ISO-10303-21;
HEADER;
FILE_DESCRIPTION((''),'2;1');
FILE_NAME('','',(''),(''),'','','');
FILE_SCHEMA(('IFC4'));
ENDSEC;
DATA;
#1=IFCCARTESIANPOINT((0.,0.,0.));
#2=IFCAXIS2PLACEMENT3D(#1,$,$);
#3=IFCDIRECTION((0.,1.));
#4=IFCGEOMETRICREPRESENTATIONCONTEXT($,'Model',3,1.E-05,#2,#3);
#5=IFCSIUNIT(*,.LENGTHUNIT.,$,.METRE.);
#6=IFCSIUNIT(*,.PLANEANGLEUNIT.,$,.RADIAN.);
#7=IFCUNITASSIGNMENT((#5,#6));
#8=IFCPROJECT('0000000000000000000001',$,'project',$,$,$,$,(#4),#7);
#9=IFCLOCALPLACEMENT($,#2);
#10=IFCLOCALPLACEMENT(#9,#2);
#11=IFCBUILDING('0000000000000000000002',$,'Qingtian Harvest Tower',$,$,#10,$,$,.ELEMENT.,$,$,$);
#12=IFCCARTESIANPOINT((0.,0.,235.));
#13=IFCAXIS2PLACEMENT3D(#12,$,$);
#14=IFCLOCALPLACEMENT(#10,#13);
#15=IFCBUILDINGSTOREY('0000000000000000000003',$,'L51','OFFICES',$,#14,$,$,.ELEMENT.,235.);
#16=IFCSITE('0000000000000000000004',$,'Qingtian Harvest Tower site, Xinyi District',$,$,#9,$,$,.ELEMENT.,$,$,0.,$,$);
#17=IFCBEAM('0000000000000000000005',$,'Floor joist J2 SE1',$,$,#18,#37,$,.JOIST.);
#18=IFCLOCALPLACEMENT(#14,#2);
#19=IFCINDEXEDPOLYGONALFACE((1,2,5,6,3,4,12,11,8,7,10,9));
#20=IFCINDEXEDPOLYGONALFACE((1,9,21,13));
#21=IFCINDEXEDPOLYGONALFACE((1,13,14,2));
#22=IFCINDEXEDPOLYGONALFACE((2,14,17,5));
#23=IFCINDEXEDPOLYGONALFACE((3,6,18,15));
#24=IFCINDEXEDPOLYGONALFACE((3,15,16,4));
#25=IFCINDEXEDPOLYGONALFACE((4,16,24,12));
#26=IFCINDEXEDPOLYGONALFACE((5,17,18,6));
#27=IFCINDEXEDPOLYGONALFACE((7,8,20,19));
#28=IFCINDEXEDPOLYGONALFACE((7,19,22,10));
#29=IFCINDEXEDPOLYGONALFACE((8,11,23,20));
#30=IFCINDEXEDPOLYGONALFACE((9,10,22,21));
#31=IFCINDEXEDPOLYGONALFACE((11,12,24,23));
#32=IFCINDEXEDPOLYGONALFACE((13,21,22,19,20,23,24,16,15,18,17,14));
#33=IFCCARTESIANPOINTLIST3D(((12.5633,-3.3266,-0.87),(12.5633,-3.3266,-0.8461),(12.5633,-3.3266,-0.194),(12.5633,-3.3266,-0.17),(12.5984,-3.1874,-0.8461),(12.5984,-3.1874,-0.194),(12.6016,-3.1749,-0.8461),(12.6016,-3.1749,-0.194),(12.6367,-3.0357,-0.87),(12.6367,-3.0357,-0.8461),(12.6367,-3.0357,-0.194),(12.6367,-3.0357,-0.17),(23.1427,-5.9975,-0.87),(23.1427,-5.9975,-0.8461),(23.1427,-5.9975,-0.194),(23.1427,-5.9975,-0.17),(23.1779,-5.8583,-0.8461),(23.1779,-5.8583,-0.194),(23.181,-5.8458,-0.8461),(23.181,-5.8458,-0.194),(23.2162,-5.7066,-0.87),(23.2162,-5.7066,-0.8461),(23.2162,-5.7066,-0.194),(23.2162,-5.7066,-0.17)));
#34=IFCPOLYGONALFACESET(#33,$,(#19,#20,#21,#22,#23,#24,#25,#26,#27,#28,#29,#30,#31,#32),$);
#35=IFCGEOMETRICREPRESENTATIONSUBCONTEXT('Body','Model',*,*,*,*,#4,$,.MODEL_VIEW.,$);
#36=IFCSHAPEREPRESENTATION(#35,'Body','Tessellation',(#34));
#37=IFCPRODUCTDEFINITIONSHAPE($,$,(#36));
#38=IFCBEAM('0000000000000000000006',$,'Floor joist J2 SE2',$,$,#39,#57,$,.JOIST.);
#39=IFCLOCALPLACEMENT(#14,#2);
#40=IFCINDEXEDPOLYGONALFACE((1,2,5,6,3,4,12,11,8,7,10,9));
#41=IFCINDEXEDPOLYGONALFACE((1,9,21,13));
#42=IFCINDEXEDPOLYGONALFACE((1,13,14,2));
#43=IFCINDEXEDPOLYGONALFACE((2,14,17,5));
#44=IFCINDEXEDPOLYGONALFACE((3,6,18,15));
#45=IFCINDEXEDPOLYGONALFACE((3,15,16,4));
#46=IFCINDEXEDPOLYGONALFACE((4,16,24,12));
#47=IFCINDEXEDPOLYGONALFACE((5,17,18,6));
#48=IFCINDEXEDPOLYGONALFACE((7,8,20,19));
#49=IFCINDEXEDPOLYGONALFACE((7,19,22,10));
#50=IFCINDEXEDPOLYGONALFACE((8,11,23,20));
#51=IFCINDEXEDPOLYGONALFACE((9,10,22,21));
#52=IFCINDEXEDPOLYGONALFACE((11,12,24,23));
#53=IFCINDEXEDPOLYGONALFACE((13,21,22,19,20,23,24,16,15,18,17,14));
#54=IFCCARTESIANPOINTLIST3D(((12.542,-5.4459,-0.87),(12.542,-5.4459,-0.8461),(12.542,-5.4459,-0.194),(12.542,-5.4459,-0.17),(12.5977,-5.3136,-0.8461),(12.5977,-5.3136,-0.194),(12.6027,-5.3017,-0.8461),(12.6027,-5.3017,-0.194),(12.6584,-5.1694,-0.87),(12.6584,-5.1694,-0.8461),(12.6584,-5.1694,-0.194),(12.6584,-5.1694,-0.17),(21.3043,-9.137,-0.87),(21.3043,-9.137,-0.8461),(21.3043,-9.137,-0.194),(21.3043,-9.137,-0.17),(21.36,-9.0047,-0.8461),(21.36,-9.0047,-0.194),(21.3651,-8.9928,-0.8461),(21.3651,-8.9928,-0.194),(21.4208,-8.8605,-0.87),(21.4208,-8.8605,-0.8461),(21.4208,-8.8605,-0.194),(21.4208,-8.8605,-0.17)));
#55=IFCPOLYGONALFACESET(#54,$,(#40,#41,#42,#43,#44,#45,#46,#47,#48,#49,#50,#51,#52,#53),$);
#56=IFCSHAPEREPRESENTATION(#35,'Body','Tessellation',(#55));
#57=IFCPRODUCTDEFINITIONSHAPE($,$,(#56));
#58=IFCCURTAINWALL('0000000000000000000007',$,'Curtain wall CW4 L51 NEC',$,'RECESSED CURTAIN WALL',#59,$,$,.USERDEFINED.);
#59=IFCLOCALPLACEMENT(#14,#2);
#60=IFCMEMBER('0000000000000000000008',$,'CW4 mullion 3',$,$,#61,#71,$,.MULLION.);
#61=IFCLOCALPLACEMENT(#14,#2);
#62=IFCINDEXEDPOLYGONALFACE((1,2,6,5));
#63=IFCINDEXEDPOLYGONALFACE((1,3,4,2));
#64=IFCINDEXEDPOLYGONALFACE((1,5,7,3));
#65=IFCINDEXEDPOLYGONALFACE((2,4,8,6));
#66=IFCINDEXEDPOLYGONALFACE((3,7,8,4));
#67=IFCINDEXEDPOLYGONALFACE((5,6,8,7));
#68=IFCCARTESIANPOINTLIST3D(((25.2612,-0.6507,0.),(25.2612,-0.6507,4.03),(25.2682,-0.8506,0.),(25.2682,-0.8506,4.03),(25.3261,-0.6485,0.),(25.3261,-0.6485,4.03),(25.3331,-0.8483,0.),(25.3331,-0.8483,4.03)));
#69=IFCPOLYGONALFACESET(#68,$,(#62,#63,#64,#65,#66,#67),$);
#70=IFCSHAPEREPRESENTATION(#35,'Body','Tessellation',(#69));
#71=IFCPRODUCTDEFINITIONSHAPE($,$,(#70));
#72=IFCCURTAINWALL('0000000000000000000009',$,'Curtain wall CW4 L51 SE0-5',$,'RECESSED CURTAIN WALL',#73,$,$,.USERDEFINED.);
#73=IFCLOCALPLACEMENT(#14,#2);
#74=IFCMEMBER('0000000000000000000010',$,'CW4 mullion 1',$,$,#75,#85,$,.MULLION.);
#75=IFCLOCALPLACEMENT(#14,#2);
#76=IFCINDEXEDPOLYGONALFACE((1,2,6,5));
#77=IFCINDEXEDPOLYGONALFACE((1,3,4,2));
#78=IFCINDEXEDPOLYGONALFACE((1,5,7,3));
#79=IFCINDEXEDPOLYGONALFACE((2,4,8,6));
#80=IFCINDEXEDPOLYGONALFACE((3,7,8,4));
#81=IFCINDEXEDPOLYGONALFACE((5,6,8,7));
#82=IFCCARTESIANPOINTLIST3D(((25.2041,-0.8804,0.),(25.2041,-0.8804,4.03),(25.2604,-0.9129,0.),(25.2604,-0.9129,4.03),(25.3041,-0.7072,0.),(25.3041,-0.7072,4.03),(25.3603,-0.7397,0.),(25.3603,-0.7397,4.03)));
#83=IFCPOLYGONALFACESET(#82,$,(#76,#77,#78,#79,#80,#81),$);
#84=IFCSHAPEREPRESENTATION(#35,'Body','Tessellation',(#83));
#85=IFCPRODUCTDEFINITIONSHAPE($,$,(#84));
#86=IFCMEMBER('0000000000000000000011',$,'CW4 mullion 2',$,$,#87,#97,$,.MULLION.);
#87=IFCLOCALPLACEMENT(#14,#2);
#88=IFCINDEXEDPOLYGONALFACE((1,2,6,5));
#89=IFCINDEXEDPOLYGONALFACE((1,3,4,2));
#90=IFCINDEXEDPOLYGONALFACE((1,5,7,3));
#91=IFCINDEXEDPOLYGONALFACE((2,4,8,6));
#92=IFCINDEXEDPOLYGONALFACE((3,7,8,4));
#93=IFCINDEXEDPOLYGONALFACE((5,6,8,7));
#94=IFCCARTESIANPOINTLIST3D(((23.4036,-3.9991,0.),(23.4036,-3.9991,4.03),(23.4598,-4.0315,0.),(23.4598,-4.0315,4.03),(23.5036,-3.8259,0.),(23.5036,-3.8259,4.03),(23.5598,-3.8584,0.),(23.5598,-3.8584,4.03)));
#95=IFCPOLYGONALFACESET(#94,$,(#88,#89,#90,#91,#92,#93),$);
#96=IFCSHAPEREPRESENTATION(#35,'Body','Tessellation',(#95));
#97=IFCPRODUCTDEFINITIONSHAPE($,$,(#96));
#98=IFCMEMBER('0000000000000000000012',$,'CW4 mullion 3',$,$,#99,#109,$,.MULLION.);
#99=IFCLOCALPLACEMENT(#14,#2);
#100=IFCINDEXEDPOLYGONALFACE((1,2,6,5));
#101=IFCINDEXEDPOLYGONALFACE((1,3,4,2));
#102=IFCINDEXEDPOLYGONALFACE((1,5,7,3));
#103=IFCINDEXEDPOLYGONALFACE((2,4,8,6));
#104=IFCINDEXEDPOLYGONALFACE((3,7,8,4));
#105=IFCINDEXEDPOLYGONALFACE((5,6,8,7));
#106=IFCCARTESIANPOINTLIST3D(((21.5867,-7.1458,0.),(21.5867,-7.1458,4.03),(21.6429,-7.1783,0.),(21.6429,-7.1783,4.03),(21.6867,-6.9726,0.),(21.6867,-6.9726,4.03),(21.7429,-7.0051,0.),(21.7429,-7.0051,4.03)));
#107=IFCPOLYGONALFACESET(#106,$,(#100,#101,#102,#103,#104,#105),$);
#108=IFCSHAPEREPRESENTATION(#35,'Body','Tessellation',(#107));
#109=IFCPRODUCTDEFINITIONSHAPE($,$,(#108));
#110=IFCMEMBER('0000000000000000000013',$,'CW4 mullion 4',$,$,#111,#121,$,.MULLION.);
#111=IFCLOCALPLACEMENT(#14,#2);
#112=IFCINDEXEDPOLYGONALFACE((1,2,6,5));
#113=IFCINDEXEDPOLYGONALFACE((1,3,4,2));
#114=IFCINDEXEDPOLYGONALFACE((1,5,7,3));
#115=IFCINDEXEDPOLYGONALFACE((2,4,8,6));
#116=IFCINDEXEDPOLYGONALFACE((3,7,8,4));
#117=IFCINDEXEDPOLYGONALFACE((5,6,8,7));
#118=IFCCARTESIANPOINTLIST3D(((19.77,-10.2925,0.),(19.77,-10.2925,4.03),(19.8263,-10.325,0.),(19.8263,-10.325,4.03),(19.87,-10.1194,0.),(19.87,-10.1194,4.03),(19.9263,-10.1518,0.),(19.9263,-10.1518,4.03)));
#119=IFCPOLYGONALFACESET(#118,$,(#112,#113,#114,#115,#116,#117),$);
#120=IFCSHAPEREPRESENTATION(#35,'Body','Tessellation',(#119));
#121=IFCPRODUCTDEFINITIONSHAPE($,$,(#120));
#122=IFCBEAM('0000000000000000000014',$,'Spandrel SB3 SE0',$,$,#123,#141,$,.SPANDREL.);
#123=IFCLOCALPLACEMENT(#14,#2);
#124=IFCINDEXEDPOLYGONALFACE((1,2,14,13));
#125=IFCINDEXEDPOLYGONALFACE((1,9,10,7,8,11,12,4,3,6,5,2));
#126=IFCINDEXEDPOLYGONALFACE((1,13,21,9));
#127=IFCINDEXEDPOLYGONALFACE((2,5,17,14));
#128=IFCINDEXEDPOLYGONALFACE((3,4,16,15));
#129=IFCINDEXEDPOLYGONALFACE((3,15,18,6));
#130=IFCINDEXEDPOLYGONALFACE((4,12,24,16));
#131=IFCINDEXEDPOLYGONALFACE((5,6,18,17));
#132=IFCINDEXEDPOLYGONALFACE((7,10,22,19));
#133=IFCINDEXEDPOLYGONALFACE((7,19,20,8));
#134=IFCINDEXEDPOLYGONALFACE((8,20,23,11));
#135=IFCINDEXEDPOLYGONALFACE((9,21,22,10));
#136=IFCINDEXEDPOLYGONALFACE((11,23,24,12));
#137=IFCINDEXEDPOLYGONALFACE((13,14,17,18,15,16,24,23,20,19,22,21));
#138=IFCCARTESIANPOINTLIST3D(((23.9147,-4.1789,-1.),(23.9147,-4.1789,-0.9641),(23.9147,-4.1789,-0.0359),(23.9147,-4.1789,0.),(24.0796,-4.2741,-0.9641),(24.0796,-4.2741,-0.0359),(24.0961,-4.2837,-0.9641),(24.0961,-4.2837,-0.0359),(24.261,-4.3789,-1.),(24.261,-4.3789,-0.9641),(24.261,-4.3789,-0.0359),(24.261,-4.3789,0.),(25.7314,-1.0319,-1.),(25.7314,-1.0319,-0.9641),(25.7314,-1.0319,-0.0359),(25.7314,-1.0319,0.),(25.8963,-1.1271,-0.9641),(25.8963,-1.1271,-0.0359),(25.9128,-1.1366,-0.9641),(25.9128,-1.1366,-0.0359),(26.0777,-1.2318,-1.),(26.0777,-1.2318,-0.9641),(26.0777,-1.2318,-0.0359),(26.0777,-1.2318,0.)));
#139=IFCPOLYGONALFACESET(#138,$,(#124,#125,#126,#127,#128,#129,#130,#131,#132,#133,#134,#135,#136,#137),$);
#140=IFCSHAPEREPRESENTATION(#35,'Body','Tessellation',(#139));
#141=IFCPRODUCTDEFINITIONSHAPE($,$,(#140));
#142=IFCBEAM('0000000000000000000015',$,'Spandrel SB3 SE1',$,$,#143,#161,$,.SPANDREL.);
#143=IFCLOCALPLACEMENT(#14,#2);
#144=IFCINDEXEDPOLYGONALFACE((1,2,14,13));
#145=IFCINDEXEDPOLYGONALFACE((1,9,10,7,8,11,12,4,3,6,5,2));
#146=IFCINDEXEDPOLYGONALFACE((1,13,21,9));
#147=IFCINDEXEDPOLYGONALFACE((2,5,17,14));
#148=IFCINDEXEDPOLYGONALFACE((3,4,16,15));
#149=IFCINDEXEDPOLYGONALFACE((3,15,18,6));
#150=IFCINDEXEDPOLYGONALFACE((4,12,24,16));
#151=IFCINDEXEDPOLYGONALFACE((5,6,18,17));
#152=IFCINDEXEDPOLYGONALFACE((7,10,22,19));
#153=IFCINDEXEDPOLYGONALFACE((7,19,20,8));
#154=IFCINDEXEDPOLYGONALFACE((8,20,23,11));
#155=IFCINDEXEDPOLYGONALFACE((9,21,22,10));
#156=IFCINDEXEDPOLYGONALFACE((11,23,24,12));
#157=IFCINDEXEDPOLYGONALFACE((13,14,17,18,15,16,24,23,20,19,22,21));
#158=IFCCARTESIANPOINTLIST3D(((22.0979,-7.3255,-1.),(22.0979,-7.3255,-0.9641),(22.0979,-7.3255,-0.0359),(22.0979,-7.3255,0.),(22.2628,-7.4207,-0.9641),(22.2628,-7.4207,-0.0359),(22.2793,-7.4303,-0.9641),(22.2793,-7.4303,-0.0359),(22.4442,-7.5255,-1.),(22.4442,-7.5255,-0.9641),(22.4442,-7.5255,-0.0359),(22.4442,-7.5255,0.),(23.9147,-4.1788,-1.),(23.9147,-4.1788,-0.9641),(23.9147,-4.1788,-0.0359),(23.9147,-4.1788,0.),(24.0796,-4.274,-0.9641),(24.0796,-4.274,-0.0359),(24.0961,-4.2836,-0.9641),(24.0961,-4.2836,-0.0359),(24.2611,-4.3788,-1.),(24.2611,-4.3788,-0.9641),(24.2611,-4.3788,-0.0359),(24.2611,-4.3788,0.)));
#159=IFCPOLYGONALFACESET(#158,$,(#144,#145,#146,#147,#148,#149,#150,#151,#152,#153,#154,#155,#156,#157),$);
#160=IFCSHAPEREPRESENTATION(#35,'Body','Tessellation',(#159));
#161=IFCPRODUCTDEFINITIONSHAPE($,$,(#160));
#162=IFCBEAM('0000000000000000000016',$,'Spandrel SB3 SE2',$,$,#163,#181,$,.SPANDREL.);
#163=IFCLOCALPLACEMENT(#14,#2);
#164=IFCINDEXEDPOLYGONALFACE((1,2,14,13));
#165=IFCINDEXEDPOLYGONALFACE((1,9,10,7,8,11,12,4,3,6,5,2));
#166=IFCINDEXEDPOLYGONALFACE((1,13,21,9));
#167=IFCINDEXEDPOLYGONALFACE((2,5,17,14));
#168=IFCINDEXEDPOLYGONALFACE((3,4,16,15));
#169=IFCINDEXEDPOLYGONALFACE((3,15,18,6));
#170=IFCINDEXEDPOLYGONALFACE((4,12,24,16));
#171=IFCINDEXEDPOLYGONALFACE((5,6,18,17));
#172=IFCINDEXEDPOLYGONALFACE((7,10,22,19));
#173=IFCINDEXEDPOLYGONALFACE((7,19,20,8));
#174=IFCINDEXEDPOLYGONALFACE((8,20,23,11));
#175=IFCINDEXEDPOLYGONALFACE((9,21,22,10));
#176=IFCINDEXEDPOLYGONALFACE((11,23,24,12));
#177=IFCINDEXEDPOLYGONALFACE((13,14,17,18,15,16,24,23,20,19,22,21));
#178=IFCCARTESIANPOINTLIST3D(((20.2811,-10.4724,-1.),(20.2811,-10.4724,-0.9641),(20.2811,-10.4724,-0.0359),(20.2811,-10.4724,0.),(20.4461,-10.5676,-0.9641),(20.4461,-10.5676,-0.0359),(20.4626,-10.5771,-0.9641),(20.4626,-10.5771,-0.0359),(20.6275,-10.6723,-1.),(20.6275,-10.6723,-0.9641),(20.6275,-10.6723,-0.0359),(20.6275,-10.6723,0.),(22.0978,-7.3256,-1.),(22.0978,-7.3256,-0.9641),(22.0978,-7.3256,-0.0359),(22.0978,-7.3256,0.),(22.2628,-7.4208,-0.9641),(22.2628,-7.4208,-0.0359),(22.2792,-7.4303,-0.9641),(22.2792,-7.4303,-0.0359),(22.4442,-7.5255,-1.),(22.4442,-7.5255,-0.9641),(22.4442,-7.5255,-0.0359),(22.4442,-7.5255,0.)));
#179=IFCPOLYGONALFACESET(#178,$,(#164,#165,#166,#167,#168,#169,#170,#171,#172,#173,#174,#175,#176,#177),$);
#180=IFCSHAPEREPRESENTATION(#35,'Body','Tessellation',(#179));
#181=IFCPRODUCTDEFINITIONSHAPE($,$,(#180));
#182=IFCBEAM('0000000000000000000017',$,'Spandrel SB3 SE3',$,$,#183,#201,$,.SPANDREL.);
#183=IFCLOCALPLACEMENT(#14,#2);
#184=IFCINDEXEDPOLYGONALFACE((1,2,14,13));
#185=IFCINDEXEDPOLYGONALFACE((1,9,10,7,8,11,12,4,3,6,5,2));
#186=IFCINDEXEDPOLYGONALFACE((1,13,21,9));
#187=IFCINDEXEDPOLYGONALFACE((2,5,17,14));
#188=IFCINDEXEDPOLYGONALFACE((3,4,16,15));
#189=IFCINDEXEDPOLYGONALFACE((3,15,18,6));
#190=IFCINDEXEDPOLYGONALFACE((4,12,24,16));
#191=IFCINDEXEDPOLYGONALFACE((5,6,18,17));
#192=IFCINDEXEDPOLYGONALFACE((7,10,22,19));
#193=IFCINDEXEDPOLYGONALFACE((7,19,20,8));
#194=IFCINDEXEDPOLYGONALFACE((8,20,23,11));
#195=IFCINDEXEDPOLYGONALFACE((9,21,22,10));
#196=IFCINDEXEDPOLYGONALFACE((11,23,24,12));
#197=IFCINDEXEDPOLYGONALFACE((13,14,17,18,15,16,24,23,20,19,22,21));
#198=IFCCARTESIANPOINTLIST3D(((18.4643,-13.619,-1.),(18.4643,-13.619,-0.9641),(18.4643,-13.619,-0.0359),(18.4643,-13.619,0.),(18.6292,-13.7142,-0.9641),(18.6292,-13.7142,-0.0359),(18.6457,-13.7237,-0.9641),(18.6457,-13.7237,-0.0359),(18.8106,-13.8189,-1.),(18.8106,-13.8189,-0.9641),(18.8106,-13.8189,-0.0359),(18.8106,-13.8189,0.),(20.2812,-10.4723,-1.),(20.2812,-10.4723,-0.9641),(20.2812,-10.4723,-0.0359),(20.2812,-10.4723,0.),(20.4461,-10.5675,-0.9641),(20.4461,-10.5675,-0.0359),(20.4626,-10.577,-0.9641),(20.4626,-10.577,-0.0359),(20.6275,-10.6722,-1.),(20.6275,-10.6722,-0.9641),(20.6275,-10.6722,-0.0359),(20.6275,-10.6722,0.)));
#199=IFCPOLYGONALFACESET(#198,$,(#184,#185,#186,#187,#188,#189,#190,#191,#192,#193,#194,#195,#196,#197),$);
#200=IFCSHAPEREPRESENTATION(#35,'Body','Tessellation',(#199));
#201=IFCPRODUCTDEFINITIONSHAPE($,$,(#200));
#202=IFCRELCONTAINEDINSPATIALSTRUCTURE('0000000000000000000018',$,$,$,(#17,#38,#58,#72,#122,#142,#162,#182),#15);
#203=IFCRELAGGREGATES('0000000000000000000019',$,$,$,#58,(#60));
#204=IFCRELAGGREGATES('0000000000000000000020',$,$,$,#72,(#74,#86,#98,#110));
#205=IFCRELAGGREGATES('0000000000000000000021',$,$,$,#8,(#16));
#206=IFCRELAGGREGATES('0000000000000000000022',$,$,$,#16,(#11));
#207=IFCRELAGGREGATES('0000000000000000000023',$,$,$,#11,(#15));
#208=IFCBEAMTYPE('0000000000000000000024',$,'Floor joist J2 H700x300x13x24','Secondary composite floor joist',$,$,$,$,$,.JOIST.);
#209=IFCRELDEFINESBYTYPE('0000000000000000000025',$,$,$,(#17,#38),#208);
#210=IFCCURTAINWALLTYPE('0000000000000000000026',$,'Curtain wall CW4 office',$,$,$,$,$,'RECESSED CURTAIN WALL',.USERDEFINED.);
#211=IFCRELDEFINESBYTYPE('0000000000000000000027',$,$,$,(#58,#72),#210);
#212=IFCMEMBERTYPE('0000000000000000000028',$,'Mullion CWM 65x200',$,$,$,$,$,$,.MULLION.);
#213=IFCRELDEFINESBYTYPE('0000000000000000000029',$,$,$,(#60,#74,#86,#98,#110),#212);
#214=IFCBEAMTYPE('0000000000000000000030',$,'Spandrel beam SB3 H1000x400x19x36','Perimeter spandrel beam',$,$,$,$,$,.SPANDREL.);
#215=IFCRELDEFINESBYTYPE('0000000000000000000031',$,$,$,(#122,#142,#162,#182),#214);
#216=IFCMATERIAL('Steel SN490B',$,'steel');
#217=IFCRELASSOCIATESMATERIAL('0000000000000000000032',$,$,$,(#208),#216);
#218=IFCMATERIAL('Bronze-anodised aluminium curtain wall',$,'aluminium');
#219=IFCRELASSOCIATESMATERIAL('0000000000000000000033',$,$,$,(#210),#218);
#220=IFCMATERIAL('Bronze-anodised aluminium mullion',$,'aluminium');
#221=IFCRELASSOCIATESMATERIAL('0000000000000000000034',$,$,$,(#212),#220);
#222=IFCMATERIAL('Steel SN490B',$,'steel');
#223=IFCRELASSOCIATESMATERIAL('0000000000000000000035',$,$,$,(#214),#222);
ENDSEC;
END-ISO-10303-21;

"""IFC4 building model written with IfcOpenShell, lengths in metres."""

from ifc_helpers import new_model, si_unit, direction, frame, origin, origin_2d, place, context, subcontext, project, spatial, rectangle, i_section, extrude, material, material_profile, profile_set, type_object, element, aggregate, save


model = new_model("IFC4")

# Units and contexts
model_context = context("Model", 3, precision=1e-05, world=origin(), true_north=direction((0.0, 1.0)))
body_context = subcontext(model_context, "Body", "Model", "MODEL_VIEW")
ifc_project = project(units=[si_unit("LENGTHUNIT", "METRE"), si_unit("PLANEANGLEUNIT", "RADIAN")], contexts=[model_context])

# Site, building, storey
site_placement = place(None, origin())
site = spatial("IfcSite", under=ifc_project, at=site_placement, Name="Qingtian Harvest Tower site, Xinyi District", CompositionType="ELEMENT", RefElevation=0.0)
building_placement = place(site_placement, origin())
building = spatial("IfcBuilding", under=site, at=building_placement, Name="Qingtian Harvest Tower", CompositionType="ELEMENT")
storey_placement = place(building_placement, frame((0.0, 0.0, 235.0)))
storey = spatial("IfcBuildingStorey", under=building, at=storey_placement, Name="L51", Description="OFFICES", CompositionType="ELEMENT", Elevation=235.0)

# Beams
ifc_material_1 = material(Name="Steel SN490B", Category="steel")
ifc_material_profile_1 = material_profile(ifc_material_1, i_section(OverallWidth=0.3, OverallDepth=0.7, WebThickness=0.0129, FlangeThickness=0.0239, at=origin_2d()), Name="H700x300x13x24")
ifc_profile_set_1 = profile_set([ifc_material_profile_1], Name="Steel SN490B")
beam_type_1 = type_object("IfcBeamType", Name="Floor joist J2 H700x300x13x24", Description="Secondary composite floor joist", PredefinedType="JOIST", material=ifc_profile_set_1)
beam_1_placement = place(storey_placement, frame((23.1794, -5.8521, -0.52), z_axis=(-0.969578, 0.244783, 0.0), x_axis=(-0.244783, -0.969578, 0.0)))
element("IfcBeam", 1, at=beam_1_placement, inside=storey, type_object=beam_type_1, Name="Floor joist J2 SE1", PredefinedType="JOIST", context=body_context, shape_type="SweptSolid", body=[
    extrude(i_section(OverallWidth=0.3, OverallDepth=0.7, WebThickness=0.0129, FlangeThickness=0.0239, at=origin_2d()), origin(), (0.0, 0.0, 1.0), 10.9114),
])
beam_2_placement = place(storey_placement, frame((21.3625, -8.9988, -0.52), z_axis=(-0.921571, 0.38821, 0.0), x_axis=(-0.38821, -0.921571, 0.0)))
element("IfcBeam", 2, at=beam_2_placement, inside=storey, type_object=beam_type_1, Name="Floor joist J2 SE2", PredefinedType="JOIST", context=body_context, shape_type="SweptSolid", body=[
    extrude(i_section(OverallWidth=0.3, OverallDepth=0.7, WebThickness=0.0129, FlangeThickness=0.0239, at=origin_2d()), origin(), (0.0, 0.0, 1.0), 9.5081),
])

# Curtain wall, member
ifc_material_2 = material(Name="Bronze-anodised aluminium curtain wall", Category="aluminium")
curtain_wall_type = type_object("IfcCurtainWallType", Name="Curtain wall CW4 office", ElementType="RECESSED CURTAIN WALL", PredefinedType="USERDEFINED", material=ifc_material_2)
curtain_wall_1_placement = place(storey_placement, origin())
curtain_wall_1 = element("IfcCurtainWall", 3, at=curtain_wall_1_placement, inside=storey, type_object=curtain_wall_type, Name="Curtain wall CW4 L51 NEC", ObjectType="RECESSED CURTAIN WALL", PredefinedType="USERDEFINED")
ifc_material_3 = material(Name="Bronze-anodised aluminium mullion", Category="aluminium")
ifc_material_profile_2 = material_profile(ifc_material_3, rectangle(XDim=0.0649, YDim=0.2, at=origin_2d()), Name="AL 65x200")
ifc_profile_set_2 = profile_set([ifc_material_profile_2], Name="Bronze-anodised aluminium mullion")
member_type_1 = type_object("IfcMemberType", Name="Mullion CWM 65x200", PredefinedType="MULLION", material=ifc_profile_set_2)
member_1_placement = place(storey_placement, frame((25.2971, -0.7495, 0.0), z_axis=(0.0, 0.0, 1.0), x_axis=(0.999391, 0.034899, 0.0)))
member_1 = element("IfcMember", 4, at=member_1_placement, type_object=member_type_1, Name="CW4 mullion 3", PredefinedType="MULLION", context=body_context, shape_type="SweptSolid", body=[
    extrude(rectangle(XDim=0.0649, YDim=0.2, at=origin_2d()), origin(), (0.0, 0.0, 1.0), 4.03),
])
aggregate(curtain_wall_1, [member_1])

# Curtain wall, members
curtain_wall_2_placement = place(storey_placement, origin())
curtain_wall_2 = element("IfcCurtainWall", 5, at=curtain_wall_2_placement, inside=storey, type_object=curtain_wall_type, Name="Curtain wall CW4 L51 SE0-5", ObjectType="RECESSED CURTAIN WALL", PredefinedType="USERDEFINED")
member_2_placement = place(storey_placement, frame((25.2822, -0.8101, 0.0), z_axis=(0.0, 0.0, 1.0), x_axis=(0.866025, -0.5, 0.0)))
member_2 = element("IfcMember", 6, at=member_2_placement, type_object=member_type_1, Name="CW4 mullion 1", PredefinedType="MULLION", context=body_context, shape_type="SweptSolid", body=[
    extrude(rectangle(XDim=0.0649, YDim=0.2, at=origin_2d()), origin(), (0.0, 0.0, 1.0), 4.03),
])
member_3_placement = place(storey_placement, frame((23.4817, -3.9287, 0.0), z_axis=(0.0, 0.0, 1.0), x_axis=(0.866025, -0.5, 0.0)))
member_3 = element("IfcMember", 7, at=member_3_placement, type_object=member_type_1, Name="CW4 mullion 2", PredefinedType="MULLION", context=body_context, shape_type="SweptSolid", body=[
    extrude(rectangle(XDim=0.0649, YDim=0.2, at=origin_2d()), origin(), (0.0, 0.0, 1.0), 4.03),
])
member_4_placement = place(storey_placement, frame((21.6648, -7.0754, 0.0), z_axis=(0.0, 0.0, 1.0), x_axis=(0.866025, -0.5, 0.0)))
member_4 = element("IfcMember", 8, at=member_4_placement, type_object=member_type_1, Name="CW4 mullion 3", PredefinedType="MULLION", context=body_context, shape_type="SweptSolid", body=[
    extrude(rectangle(XDim=0.0649, YDim=0.2, at=origin_2d()), origin(), (0.0, 0.0, 1.0), 4.03),
])
member_5_placement = place(storey_placement, frame((19.8481, -10.2222, 0.0), z_axis=(0.0, 0.0, 1.0), x_axis=(0.866025, -0.5, 0.0)))
member_5 = element("IfcMember", 9, at=member_5_placement, type_object=member_type_1, Name="CW4 mullion 4", PredefinedType="MULLION", context=body_context, shape_type="SweptSolid", body=[
    extrude(rectangle(XDim=0.0649, YDim=0.2, at=origin_2d()), origin(), (0.0, 0.0, 1.0), 4.03),
])

# Beams
ifc_material_4 = material(Name="Steel SN490B", Category="steel")
ifc_material_profile_3 = material_profile(ifc_material_4, i_section(OverallWidth=0.3999, OverallDepth=1.0, WebThickness=0.019, FlangeThickness=0.0359, at=origin_2d()), Name="H1000x400x19x36")
ifc_profile_set_3 = profile_set([ifc_material_profile_3], Name="Steel SN490B")
beam_type_2 = type_object("IfcBeamType", Name="Spandrel beam SB3 H1000x400x19x36", Description="Perimeter spandrel beam", PredefinedType="SPANDREL", material=ifc_profile_set_3)
beam_3_placement = place(storey_placement, frame((25.9045, -1.1318, -0.5), z_axis=(-0.499947, -0.866056, 0.0), x_axis=(0.866056, -0.499947, 0.0)))
element("IfcBeam", 10, at=beam_3_placement, inside=storey, type_object=beam_type_2, Name="Spandrel SB3 SE0", PredefinedType="SPANDREL", context=body_context, shape_type="SweptSolid", body=[
    extrude(i_section(OverallWidth=0.3999, OverallDepth=1.0, WebThickness=0.019, FlangeThickness=0.0359, at=origin_2d()), origin(), (0.0, 0.0, 1.0), 3.6338),
])
for number, where, z_axis, x_axis, name in (
    (11, (24.0879, -4.2788, -0.5), (-0.500027, -0.86601, 0.0), (0.86601, -0.500027, 0.0), "Spandrel SB3 SE1"),
    (12, (22.271, -7.4255, -0.5), (-0.499976, -0.866039, 0.0), (0.866039, -0.499976, 0.0), "Spandrel SB3 SE2"),
    (13, (20.4543, -10.5723, -0.5), (-0.500027, -0.86601, 0.0), (0.86601, -0.500027, 0.0), "Spandrel SB3 SE3"),
):
    element("IfcBeam", number, at=place(storey_placement, frame(where, z_axis=z_axis, x_axis=x_axis)), inside=storey, type_object=beam_type_2, Name=name, PredefinedType="SPANDREL", context=body_context, shape_type="SweptSolid", body=[
        extrude(i_section(OverallWidth=0.3999, OverallDepth=1.0, WebThickness=0.019, FlangeThickness=0.0359, at=origin_2d()), origin(), (0.0, 0.0, 1.0), 3.6335),
    ])

aggregate(curtain_wall_2, [member_2, member_3, member_4, member_5])

save(model, "model.ifc")
